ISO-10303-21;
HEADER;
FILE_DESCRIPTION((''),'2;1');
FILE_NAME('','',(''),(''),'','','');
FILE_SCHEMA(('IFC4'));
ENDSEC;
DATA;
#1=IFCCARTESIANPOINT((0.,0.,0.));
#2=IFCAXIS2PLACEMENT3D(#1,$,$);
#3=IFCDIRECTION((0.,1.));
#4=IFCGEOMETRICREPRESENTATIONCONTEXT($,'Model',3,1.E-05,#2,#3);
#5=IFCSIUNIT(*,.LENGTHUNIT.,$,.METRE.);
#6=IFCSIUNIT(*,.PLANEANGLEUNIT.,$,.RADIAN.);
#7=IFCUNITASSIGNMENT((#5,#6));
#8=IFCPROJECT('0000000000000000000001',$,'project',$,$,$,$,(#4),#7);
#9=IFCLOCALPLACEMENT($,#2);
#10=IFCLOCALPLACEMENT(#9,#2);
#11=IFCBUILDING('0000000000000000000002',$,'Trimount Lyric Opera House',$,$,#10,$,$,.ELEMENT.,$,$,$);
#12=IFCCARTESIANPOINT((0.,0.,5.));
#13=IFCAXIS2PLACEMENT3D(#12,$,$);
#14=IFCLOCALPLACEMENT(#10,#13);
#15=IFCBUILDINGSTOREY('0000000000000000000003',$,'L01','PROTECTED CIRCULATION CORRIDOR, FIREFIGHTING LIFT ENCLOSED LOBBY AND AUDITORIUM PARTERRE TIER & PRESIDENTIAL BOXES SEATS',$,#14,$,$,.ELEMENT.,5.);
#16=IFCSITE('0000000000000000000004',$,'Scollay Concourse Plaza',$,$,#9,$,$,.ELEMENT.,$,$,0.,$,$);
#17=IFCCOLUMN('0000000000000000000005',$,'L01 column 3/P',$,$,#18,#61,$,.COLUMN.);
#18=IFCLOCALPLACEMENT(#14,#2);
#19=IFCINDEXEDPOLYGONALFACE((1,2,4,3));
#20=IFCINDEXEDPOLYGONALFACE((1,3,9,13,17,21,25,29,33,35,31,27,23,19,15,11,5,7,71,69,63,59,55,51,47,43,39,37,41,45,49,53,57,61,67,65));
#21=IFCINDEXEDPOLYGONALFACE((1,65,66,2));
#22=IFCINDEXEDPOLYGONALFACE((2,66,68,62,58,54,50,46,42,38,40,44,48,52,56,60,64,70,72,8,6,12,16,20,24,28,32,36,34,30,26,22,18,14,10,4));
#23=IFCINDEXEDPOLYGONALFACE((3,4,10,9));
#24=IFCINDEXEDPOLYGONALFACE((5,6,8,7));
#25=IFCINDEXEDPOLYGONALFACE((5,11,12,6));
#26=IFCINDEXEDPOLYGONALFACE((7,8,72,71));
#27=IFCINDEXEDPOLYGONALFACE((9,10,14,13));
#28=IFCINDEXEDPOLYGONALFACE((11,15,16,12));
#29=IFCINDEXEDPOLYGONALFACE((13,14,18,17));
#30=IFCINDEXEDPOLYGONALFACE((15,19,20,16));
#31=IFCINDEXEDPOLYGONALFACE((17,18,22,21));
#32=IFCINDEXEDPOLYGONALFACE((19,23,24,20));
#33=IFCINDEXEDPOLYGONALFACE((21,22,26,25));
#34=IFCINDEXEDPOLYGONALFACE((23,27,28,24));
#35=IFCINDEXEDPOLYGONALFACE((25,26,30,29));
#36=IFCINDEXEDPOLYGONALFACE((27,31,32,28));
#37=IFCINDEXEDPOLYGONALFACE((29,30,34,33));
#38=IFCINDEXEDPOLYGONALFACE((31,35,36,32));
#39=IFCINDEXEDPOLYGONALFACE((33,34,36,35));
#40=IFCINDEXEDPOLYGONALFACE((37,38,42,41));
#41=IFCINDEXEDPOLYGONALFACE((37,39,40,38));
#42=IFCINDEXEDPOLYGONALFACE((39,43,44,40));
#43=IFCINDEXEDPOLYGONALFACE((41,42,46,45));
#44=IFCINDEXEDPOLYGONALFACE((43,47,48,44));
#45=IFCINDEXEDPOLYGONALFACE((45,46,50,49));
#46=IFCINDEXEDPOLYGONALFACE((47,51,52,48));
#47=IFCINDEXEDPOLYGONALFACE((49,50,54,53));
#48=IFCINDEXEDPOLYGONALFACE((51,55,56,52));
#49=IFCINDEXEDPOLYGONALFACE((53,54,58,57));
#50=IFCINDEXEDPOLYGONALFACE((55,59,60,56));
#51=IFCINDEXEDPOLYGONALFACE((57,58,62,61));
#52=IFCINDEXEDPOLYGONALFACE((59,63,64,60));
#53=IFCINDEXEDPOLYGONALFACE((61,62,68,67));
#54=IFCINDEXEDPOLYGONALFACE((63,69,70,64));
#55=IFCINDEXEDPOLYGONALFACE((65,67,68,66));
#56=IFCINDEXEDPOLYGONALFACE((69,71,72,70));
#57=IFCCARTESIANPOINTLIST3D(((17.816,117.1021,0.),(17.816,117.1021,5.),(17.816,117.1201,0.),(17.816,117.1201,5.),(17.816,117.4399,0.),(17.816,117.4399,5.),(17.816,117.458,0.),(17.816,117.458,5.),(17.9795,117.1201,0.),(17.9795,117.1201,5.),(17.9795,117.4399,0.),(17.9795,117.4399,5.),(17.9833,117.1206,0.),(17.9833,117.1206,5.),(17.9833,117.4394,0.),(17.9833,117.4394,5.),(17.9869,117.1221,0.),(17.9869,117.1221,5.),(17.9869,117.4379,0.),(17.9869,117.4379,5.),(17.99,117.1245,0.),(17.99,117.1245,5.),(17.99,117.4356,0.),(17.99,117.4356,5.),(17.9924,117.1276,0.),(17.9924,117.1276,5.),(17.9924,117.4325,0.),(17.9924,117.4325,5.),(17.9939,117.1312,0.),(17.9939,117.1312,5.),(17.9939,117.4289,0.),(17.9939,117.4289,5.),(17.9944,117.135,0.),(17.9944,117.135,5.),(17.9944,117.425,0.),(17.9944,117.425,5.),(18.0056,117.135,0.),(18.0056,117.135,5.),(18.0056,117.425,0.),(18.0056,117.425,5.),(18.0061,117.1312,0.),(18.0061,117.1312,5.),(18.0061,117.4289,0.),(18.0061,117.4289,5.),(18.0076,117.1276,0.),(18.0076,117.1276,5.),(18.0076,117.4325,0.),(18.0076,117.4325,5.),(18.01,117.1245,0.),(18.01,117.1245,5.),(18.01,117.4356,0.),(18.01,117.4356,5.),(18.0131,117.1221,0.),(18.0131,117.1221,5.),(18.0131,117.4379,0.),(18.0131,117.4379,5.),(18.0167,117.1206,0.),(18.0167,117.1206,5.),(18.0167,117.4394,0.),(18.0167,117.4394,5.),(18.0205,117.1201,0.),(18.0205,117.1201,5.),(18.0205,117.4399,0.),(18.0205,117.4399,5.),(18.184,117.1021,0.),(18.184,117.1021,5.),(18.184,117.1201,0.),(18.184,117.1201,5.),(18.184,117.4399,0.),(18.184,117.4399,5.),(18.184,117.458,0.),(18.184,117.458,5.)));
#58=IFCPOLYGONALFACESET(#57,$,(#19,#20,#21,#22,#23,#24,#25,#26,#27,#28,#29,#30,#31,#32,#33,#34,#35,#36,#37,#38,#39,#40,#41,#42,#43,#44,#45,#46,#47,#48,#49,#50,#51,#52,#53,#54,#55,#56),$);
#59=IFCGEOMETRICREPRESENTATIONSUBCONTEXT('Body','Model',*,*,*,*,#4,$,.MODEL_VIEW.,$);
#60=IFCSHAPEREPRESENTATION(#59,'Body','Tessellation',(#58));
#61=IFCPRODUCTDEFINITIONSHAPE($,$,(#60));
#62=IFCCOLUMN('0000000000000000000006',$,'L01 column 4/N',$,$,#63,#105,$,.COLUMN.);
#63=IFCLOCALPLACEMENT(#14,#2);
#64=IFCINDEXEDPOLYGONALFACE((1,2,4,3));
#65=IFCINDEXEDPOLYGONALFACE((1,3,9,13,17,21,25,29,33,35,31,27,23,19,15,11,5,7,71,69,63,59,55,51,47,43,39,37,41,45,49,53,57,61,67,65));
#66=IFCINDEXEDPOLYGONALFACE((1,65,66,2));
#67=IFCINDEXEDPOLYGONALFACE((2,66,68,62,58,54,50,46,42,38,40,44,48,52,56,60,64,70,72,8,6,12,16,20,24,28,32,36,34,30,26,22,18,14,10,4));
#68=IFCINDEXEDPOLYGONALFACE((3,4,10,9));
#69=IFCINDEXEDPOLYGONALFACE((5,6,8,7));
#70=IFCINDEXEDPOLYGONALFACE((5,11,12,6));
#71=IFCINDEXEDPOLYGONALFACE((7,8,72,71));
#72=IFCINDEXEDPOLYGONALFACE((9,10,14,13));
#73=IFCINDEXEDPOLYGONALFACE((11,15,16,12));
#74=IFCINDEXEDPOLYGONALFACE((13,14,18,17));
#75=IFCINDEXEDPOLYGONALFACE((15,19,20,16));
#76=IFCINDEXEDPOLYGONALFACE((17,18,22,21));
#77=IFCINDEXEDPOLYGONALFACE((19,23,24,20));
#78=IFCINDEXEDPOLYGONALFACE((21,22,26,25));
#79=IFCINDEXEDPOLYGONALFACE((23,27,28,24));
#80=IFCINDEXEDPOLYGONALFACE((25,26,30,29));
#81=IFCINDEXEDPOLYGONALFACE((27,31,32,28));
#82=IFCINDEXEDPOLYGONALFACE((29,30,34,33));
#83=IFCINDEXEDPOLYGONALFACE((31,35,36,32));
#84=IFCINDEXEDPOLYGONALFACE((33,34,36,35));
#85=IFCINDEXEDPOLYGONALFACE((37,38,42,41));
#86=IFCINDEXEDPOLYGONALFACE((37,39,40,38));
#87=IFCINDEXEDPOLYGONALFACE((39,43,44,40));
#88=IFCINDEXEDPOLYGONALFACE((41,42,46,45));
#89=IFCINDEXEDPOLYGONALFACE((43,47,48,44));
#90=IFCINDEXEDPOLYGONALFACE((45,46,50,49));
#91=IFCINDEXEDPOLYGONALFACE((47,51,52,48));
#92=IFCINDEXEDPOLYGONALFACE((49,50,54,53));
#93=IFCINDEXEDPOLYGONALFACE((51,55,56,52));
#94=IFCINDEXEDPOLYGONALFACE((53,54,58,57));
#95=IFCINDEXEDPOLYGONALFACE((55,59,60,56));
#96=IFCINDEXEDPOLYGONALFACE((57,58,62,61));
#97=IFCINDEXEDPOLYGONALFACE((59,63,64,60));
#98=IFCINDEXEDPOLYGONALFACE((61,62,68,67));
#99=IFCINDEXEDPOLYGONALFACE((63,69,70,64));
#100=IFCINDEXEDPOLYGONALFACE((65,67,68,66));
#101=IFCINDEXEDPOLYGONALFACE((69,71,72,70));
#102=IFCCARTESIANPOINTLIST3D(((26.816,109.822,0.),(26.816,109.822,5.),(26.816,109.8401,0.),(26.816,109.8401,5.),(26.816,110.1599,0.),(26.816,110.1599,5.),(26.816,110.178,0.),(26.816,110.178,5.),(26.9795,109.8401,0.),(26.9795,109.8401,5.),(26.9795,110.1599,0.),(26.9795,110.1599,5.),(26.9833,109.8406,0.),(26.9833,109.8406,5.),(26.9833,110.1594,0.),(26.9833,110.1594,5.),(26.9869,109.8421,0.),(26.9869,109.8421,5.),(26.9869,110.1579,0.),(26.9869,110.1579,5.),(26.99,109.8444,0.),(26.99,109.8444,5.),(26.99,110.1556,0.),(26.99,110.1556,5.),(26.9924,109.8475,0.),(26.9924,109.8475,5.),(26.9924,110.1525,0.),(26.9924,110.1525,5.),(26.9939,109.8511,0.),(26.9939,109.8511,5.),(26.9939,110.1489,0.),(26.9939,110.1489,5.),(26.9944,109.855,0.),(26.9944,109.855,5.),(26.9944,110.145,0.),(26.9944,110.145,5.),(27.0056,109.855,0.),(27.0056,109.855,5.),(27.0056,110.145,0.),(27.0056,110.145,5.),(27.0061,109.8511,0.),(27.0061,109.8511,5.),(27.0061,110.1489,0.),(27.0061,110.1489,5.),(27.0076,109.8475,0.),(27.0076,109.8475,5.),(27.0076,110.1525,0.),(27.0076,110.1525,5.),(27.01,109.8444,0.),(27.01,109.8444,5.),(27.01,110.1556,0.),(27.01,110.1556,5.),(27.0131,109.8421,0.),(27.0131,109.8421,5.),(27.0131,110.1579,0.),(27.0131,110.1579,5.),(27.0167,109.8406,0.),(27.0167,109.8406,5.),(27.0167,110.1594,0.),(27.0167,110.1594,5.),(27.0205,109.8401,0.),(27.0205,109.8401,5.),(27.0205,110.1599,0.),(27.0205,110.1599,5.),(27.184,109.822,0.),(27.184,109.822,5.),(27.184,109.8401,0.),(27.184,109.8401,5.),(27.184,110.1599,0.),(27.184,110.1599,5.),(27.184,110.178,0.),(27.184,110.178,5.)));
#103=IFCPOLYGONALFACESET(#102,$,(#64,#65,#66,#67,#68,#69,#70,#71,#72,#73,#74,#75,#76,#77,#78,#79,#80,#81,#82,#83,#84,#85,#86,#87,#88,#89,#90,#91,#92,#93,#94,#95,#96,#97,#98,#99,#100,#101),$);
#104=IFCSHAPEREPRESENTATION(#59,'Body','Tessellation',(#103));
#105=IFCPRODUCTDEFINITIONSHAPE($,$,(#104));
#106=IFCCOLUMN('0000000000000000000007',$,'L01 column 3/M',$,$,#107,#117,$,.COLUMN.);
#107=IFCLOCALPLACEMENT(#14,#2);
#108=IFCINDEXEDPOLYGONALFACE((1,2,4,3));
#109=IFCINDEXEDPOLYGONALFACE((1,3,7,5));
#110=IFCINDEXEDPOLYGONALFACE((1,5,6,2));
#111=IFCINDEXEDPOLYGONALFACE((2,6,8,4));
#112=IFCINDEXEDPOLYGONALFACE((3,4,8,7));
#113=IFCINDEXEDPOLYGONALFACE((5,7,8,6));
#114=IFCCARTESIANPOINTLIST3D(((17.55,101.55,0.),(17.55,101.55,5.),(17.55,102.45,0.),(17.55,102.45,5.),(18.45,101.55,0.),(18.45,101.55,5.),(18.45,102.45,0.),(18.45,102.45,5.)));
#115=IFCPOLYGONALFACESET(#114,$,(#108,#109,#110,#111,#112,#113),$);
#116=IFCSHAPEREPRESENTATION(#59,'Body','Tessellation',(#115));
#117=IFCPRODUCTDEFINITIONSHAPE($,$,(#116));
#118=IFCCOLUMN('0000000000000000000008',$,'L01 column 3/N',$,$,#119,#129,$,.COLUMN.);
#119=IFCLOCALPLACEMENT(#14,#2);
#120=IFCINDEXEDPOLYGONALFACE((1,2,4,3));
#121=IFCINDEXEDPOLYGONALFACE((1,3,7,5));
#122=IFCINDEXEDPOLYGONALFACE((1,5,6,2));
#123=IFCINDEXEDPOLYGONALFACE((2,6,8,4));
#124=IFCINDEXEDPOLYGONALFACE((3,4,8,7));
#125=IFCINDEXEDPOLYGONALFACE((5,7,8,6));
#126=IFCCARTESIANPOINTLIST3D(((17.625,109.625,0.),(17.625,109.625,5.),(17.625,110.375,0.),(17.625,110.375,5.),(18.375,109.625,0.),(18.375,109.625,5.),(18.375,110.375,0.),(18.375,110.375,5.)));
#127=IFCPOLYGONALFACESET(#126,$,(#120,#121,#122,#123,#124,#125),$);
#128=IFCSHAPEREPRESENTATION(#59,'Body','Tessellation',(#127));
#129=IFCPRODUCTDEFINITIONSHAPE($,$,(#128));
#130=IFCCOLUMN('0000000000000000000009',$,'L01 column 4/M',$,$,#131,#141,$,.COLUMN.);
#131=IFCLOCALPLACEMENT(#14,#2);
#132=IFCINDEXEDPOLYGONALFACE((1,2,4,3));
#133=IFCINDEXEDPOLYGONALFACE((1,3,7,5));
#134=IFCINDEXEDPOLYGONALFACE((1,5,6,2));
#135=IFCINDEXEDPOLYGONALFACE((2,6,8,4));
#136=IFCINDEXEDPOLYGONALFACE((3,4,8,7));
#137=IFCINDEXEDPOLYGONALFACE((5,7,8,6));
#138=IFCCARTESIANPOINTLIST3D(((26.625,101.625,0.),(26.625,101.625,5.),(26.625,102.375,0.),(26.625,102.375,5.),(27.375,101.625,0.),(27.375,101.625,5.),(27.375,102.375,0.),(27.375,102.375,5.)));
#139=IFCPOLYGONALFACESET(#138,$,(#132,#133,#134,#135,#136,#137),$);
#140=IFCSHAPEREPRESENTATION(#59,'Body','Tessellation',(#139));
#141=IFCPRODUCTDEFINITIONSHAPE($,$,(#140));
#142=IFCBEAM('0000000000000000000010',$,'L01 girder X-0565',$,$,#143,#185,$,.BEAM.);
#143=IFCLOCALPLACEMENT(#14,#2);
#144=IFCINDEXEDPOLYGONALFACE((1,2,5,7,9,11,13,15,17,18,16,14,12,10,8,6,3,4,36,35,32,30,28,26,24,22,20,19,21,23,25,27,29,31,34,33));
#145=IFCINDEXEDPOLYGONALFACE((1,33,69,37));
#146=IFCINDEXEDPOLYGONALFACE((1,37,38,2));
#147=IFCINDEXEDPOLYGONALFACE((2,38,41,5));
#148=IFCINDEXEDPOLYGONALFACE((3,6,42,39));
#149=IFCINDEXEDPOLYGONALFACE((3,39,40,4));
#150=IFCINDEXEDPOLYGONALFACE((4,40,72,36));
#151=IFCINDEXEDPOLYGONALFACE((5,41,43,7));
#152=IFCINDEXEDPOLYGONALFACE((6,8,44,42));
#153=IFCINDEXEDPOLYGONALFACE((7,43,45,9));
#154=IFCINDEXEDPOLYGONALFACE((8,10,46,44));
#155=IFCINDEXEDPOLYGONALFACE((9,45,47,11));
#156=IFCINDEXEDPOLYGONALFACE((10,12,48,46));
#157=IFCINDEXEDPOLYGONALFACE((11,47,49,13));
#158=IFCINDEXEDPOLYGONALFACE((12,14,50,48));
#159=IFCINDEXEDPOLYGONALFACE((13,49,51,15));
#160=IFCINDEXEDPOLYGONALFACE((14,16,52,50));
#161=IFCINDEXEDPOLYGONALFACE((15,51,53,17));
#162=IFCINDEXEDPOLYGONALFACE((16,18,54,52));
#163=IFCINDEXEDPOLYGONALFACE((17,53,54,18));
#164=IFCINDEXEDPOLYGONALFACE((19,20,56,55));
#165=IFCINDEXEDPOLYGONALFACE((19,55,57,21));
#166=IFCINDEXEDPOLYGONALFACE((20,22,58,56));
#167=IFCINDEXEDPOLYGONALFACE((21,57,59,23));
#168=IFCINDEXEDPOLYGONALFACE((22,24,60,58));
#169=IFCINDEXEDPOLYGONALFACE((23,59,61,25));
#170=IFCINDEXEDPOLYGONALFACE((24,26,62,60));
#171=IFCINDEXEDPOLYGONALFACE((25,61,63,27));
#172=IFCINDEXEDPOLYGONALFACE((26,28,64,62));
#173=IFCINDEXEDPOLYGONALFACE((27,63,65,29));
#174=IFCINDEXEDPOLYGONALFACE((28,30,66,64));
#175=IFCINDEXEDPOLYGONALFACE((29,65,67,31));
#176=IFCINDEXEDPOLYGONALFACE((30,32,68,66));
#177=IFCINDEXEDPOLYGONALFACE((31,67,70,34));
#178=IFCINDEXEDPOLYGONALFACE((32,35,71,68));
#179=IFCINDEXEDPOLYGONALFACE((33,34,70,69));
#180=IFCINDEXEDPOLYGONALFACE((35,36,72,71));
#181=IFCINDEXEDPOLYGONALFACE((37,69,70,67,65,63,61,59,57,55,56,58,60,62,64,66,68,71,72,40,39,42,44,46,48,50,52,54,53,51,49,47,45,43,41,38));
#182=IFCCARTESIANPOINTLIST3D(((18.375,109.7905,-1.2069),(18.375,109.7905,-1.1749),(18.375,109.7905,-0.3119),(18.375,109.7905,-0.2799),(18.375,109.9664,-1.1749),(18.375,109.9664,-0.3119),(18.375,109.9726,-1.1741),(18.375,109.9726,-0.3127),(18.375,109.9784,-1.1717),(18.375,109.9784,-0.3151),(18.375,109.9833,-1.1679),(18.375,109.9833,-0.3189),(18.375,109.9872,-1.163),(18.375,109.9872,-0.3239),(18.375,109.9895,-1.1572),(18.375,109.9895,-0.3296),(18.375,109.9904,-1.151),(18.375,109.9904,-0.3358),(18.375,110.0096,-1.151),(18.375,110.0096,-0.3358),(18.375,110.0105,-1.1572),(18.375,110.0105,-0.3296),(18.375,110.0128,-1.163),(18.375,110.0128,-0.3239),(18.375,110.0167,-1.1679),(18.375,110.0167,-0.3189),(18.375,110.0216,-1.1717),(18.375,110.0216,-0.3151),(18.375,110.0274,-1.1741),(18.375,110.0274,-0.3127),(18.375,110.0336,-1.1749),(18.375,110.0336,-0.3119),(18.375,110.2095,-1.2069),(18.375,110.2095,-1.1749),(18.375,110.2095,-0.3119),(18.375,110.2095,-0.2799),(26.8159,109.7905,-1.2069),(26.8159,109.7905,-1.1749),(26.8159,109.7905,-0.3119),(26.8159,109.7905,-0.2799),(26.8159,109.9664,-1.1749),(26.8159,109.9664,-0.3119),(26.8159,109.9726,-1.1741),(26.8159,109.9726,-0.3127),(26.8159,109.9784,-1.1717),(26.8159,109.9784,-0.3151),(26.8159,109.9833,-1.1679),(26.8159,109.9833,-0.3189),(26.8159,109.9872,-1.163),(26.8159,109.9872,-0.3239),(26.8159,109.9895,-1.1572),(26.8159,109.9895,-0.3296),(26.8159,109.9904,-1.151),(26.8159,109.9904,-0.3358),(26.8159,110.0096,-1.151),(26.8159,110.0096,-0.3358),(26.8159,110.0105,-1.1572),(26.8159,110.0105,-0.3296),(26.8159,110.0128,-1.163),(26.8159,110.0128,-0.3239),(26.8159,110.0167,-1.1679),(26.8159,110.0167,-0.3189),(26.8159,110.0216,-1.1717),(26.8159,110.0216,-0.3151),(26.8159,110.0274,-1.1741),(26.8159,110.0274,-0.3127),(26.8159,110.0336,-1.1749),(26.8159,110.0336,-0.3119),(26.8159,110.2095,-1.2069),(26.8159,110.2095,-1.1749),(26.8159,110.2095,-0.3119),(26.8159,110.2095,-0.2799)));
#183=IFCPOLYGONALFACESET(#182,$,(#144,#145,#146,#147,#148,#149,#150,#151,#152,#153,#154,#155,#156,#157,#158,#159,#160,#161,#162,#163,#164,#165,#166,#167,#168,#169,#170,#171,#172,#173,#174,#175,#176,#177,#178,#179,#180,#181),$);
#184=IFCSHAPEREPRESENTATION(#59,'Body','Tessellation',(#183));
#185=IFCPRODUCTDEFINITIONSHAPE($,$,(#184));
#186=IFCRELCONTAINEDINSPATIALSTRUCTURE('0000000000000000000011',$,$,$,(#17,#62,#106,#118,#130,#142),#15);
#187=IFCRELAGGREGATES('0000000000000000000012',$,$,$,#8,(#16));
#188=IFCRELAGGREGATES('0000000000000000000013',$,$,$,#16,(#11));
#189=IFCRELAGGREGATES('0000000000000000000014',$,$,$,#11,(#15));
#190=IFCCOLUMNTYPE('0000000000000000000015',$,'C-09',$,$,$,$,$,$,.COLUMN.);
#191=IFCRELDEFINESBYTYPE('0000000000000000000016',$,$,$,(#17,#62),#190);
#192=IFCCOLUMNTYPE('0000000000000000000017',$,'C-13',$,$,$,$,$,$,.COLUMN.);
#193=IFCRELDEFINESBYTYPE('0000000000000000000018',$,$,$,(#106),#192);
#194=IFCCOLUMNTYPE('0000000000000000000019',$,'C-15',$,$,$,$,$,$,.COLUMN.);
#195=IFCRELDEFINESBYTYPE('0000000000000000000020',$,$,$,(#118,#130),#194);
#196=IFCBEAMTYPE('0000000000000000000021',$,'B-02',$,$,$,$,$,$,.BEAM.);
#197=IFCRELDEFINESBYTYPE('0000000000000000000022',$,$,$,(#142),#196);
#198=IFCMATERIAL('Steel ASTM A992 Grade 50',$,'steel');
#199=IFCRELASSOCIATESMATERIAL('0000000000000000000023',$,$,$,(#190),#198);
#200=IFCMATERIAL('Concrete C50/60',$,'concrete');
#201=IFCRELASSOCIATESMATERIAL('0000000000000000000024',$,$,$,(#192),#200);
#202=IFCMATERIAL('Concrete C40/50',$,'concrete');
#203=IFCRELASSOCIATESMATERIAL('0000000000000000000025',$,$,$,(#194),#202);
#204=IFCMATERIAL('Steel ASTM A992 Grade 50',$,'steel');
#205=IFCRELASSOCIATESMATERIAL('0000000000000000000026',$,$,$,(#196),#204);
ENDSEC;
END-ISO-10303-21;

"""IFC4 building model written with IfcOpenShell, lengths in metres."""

from ifc_helpers import new_model, si_unit, direction, frame, origin, origin_2d, place, context, subcontext, project, spatial, rectangle, i_section, extrude, material, material_profile, profile_set, type_object, element, save


model = new_model("IFC4")

# Units and contexts
model_context = context("Model", 3, precision=1e-05, world=origin(), true_north=direction((0.0, 1.0)))
body_context = subcontext(model_context, "Body", "Model", "MODEL_VIEW")
ifc_project = project(units=[si_unit("LENGTHUNIT", "METRE"), si_unit("PLANEANGLEUNIT", "RADIAN")], contexts=[model_context])

# Site, building, storey
site_placement = place(None, origin())
site = spatial("IfcSite", under=ifc_project, at=site_placement, Name="Scollay Concourse Plaza", CompositionType="ELEMENT", RefElevation=0.0)
building_placement = place(site_placement, origin())
building = spatial("IfcBuilding", under=site, at=building_placement, Name="Trimount Lyric Opera House", CompositionType="ELEMENT")
storey_placement = place(building_placement, frame((0.0, 0.0, 5.0)))
storey = spatial("IfcBuildingStorey", under=building, at=storey_placement, Name="L01", Description="PROTECTED CIRCULATION CORRIDOR, FIREFIGHTING LIFT ENCLOSED LOBBY AND AUDITORIUM PARTERRE TIER & PRESIDENTIAL BOXES SEATS", CompositionType="ELEMENT", Elevation=5.0)

# Columns
ifc_material_1 = material(Name="Steel ASTM A992 Grade 50", Category="steel")
ifc_material_profile_1 = material_profile(ifc_material_1, i_section(OverallWidth=0.3679, OverallDepth=0.356, WebThickness=0.0112, FlangeThickness=0.0181, FilletRadius=0.0149, at=origin_2d()), Name="W14X90")
ifc_profile_set_1 = profile_set([ifc_material_profile_1], Name="Steel ASTM A992 Grade 50")
column_type_1 = type_object("IfcColumnType", Name="C-09", PredefinedType="COLUMN", material=ifc_profile_set_1)
for number, where, z_axis, x_axis, name in (
    (1, (18.0, 117.28, 0.0), (0.0, 0.0, 1.0), (1.0, 0.0, 0.0), "L01 column 3/P"),
    (2, (27.0, 110.0, 0.0), (0.0, 0.0, 1.0), (1.0, 0.0, 0.0), "L01 column 4/N"),
):
    element("IfcColumn", number, at=place(storey_placement, frame(where, z_axis=z_axis, x_axis=x_axis)), inside=storey, type_object=column_type_1, Name=name, PredefinedType="COLUMN", context=body_context, shape_type="SweptSolid", body=[
        extrude(i_section(OverallWidth=0.3679, OverallDepth=0.356, WebThickness=0.0112, FlangeThickness=0.0181, FilletRadius=0.0149, at=origin_2d()), origin(), (0.0, 0.0, 1.0), 5.0),
    ])
ifc_material_2 = material(Name="Concrete C50/60", Category="concrete")
ifc_material_profile_2 = material_profile(ifc_material_2, rectangle(XDim=0.8999, YDim=0.8999, at=origin_2d()), Name="RC900X900")
ifc_profile_set_2 = profile_set([ifc_material_profile_2], Name="Concrete C50/60")
column_type_2 = type_object("IfcColumnType", Name="C-13", PredefinedType="COLUMN", material=ifc_profile_set_2)
column_placement = place(storey_placement, frame((18.0, 102.0, 0.0), z_axis=(0.0, 0.0, 1.0), x_axis=(1.0, 0.0, 0.0)))
element("IfcColumn", 3, at=column_placement, inside=storey, type_object=column_type_2, Name="L01 column 3/M", PredefinedType="COLUMN", context=body_context, shape_type="SweptSolid", body=[
    extrude(rectangle(XDim=0.8999, YDim=0.8999, at=origin_2d()), origin(), (0.0, 0.0, 1.0), 5.0),
])
ifc_material_3 = material(Name="Concrete C40/50", Category="concrete")
ifc_material_profile_3 = material_profile(ifc_material_3, rectangle(XDim=0.75, YDim=0.75, at=origin_2d()), Name="RC750X750")
ifc_profile_set_3 = profile_set([ifc_material_profile_3], Name="Concrete C40/50")
column_type_3 = type_object("IfcColumnType", Name="C-15", PredefinedType="COLUMN", material=ifc_profile_set_3)
for number, where, z_axis, x_axis, name in (
    (4, (18.0, 110.0, 0.0), (0.0, 0.0, 1.0), (1.0, 0.0, 0.0), "L01 column 3/N"),
    (5, (27.0, 102.0, 0.0), (0.0, 0.0, 1.0), (1.0, 0.0, 0.0), "L01 column 4/M"),
):
    element("IfcColumn", number, at=place(storey_placement, frame(where, z_axis=z_axis, x_axis=x_axis)), inside=storey, type_object=column_type_3, Name=name, PredefinedType="COLUMN", context=body_context, shape_type="SweptSolid", body=[
        extrude(rectangle(XDim=0.75, YDim=0.75, at=origin_2d()), origin(), (0.0, 0.0, 1.0), 5.0),
    ])

# Beam
ifc_material_4 = material(Name="Steel ASTM A992 Grade 50", Category="steel")
ifc_material_profile_4 = material_profile(ifc_material_4, i_section(OverallWidth=0.4189, OverallDepth=0.927, WebThickness=0.0193, FlangeThickness=0.032, FilletRadius=0.0239, at=origin_2d()), Name="W36X231")
ifc_profile_set_4 = profile_set([ifc_material_profile_4], Name="Steel ASTM A992 Grade 50")
beam_type_1 = type_object("IfcBeamType", Name="B-02", PredefinedType="BEAM", material=ifc_profile_set_4)
beam_1_placement = place(storey_placement, frame((18.375, 110.0, -0.7434), z_axis=(1.0, 0.0, 0.0), x_axis=(0.0, 1.0, 0.0)))
element("IfcBeam", 6, at=beam_1_placement, inside=storey, type_object=beam_type_1, Name="L01 girder X-0565", PredefinedType="BEAM", context=body_context, shape_type="SweptSolid", body=[
    extrude(i_section(OverallWidth=0.4189, OverallDepth=0.927, WebThickness=0.0193, FlangeThickness=0.032, FilletRadius=0.0239, at=origin_2d()), origin(), (0.0, 0.0, 1.0), 8.4409),
])

save(model, "model.ifc")
